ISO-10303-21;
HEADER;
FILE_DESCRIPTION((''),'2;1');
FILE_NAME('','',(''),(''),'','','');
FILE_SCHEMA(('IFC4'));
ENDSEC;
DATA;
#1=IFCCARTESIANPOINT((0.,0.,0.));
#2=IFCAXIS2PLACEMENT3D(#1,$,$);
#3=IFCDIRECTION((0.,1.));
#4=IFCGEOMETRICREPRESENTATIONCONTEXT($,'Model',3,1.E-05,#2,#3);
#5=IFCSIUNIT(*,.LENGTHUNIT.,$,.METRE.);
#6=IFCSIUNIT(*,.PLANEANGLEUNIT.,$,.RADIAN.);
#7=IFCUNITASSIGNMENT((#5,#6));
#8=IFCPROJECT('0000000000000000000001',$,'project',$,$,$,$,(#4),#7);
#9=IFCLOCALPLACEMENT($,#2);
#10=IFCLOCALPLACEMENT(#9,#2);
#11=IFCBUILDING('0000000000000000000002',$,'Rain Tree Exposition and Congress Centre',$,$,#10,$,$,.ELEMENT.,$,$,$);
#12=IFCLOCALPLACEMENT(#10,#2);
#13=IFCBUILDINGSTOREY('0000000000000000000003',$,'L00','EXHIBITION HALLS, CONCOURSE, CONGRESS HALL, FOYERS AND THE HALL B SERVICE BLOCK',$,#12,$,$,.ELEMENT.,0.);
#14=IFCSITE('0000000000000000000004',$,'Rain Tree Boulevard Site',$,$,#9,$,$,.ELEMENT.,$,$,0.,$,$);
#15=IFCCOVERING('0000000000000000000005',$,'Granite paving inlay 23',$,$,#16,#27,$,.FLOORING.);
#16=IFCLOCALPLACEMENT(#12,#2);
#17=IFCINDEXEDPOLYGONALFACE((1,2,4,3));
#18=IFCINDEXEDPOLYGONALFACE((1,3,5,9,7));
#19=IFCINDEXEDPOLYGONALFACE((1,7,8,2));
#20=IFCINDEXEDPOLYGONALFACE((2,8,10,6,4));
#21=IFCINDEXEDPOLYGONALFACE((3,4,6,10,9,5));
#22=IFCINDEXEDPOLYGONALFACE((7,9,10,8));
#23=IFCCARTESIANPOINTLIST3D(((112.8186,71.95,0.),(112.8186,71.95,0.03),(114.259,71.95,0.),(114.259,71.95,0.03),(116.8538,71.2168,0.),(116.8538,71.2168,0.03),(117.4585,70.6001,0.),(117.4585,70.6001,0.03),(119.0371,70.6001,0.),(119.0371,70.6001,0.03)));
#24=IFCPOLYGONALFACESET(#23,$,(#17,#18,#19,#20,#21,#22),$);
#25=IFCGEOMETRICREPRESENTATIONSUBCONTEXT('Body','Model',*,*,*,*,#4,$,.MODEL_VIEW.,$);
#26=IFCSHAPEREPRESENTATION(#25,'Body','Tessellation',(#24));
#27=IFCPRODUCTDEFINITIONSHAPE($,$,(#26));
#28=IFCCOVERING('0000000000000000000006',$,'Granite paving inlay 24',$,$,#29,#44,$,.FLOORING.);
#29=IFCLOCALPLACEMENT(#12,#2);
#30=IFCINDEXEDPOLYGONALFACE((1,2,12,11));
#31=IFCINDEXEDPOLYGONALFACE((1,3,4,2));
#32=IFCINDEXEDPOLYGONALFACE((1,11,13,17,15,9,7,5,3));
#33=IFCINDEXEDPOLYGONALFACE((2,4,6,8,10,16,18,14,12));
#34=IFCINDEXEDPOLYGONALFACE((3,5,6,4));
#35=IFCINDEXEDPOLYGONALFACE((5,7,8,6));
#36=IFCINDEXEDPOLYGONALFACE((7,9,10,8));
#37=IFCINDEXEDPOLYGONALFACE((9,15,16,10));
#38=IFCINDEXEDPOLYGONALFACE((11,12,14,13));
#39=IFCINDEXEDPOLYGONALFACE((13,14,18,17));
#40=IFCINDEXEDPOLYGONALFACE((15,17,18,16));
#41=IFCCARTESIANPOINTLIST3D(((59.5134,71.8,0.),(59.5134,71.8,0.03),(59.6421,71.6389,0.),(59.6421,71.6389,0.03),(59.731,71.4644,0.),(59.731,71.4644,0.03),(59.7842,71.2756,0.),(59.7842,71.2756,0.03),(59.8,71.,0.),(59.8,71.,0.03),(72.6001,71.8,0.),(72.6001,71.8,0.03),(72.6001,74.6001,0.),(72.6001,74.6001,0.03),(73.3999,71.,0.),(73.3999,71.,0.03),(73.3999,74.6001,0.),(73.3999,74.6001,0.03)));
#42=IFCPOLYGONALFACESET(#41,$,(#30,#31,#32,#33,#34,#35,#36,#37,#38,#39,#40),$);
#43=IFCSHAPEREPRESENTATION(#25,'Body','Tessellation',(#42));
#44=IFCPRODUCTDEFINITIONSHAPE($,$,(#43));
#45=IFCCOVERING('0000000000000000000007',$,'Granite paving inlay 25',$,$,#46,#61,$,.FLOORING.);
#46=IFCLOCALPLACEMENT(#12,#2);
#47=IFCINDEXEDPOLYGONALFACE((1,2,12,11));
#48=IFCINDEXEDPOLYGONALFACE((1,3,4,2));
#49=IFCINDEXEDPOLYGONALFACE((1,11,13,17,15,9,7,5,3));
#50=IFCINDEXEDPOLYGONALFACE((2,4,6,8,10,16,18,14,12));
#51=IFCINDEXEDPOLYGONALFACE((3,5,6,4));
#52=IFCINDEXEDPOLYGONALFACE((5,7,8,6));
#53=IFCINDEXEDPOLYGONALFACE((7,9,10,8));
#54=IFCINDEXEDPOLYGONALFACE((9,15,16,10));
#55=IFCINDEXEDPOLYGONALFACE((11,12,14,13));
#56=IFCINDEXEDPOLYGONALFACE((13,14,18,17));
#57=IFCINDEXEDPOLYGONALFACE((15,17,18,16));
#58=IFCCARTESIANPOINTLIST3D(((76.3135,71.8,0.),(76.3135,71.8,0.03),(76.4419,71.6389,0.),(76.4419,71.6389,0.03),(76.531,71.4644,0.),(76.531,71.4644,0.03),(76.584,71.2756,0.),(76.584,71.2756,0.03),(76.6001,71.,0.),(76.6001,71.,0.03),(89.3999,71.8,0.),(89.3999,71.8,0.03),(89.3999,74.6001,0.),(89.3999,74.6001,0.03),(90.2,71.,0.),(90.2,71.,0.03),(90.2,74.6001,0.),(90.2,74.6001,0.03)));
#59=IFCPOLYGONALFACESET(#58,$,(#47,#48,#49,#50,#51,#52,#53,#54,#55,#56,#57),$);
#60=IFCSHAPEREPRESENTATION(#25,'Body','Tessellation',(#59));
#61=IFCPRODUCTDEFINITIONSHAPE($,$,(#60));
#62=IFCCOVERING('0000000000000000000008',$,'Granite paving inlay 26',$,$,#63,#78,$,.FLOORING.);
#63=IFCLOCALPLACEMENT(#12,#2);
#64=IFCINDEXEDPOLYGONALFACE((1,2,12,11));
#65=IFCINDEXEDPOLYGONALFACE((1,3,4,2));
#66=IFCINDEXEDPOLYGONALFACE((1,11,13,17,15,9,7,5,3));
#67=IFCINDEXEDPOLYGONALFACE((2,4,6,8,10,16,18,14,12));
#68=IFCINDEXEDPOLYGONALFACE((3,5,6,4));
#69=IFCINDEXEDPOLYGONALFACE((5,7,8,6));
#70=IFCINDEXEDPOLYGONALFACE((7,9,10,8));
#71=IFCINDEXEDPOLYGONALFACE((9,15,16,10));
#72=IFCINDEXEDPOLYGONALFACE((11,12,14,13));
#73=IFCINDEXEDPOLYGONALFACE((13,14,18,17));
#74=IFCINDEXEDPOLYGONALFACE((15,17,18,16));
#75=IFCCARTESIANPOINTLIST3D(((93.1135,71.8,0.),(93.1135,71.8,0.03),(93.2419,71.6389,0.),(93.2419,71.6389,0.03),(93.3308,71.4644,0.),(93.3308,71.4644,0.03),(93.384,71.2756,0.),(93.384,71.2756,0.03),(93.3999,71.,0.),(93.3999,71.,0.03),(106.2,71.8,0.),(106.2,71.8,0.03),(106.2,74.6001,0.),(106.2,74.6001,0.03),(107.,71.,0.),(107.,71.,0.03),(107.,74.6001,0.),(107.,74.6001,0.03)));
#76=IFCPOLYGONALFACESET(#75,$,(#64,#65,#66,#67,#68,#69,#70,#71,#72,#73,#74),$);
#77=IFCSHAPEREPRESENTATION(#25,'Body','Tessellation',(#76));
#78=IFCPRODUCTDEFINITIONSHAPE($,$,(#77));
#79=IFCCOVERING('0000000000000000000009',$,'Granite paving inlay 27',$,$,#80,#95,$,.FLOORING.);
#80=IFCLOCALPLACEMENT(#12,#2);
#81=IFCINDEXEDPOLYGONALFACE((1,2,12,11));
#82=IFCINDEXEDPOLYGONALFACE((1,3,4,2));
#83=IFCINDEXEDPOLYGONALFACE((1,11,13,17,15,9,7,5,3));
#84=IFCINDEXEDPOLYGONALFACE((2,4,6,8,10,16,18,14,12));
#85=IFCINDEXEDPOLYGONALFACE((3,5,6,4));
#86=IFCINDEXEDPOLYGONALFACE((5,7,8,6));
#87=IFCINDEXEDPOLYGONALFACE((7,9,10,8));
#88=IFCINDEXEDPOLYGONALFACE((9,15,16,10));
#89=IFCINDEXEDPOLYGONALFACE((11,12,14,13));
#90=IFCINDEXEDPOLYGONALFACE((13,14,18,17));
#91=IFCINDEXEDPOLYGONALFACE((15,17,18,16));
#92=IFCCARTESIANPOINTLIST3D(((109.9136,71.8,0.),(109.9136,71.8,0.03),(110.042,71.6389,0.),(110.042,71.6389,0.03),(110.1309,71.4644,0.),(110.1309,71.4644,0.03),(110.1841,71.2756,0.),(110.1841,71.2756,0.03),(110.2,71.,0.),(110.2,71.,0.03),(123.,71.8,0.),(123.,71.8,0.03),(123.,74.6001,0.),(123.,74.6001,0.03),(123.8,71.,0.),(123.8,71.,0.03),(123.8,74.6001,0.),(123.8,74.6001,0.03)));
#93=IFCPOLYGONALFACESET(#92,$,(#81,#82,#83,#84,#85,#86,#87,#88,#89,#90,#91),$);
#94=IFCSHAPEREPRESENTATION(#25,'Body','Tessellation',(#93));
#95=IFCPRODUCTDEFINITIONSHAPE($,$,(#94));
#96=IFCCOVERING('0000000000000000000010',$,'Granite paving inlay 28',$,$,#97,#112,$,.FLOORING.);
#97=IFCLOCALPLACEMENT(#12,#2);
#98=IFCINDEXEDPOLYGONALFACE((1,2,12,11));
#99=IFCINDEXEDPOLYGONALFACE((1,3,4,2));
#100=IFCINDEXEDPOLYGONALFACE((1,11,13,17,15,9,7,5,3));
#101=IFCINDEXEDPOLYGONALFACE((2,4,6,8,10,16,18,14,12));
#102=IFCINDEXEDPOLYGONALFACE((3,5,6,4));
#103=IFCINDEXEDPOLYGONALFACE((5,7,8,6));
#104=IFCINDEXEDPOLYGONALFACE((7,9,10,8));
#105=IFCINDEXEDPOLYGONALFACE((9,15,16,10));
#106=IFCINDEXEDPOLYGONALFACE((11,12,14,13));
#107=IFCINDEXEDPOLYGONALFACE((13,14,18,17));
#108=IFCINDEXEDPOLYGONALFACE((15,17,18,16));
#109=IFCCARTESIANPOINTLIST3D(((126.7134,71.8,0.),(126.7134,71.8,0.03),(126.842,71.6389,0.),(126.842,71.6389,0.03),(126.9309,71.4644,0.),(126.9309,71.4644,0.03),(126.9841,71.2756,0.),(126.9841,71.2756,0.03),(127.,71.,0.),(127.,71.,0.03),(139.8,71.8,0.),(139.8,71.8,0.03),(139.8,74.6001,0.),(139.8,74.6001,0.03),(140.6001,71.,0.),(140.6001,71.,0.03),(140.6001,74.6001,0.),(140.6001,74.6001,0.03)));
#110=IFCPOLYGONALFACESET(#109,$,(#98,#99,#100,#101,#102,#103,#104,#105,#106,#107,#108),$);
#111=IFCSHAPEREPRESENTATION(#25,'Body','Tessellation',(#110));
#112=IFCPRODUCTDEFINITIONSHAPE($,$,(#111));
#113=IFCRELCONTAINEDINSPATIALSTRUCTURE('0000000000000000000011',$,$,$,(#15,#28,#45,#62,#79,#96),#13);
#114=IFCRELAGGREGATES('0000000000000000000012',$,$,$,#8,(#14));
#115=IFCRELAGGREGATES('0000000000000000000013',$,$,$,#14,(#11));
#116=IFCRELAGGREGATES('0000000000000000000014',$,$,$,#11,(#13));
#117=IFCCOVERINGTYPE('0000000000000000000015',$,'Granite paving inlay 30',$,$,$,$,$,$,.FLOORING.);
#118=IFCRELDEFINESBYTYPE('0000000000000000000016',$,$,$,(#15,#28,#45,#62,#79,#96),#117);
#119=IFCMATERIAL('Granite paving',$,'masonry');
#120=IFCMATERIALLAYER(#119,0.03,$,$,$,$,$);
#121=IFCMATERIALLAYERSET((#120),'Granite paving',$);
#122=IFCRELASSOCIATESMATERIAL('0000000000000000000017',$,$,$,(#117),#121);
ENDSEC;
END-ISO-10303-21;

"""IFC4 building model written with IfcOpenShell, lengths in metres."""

from ifc_helpers import new_model, si_unit, direction, origin, place, context, subcontext, project, spatial, polyline, outline, extrude, material, layer, layer_set, type_object, element, save


model = new_model("IFC4")

# Units and contexts
model_context = context("Model", 3, precision=1e-05, world=origin(), true_north=direction((0.0, 1.0)))
body_context = subcontext(model_context, "Body", "Model", "MODEL_VIEW")
ifc_project = project(units=[si_unit("LENGTHUNIT", "METRE"), si_unit("PLANEANGLEUNIT", "RADIAN")], contexts=[model_context])

# Site, building, storey
site_placement = place(None, origin())
site = spatial("IfcSite", under=ifc_project, at=site_placement, Name="Rain Tree Boulevard Site", CompositionType="ELEMENT", RefElevation=0.0)
building_placement = place(site_placement, origin())
building = spatial("IfcBuilding", under=site, at=building_placement, Name="Rain Tree Exposition and Congress Centre", CompositionType="ELEMENT")
storey_placement = place(building_placement, origin())
storey = spatial("IfcBuildingStorey", under=building, at=storey_placement, Name="L00", Description="EXHIBITION HALLS, CONCOURSE, CONGRESS HALL, FOYERS AND THE HALL B SERVICE BLOCK", CompositionType="ELEMENT", Elevation=0.0)

# Coverings
ifc_material_1 = material(Name="Granite paving", Category="masonry")
ifc_layer_1 = layer(ifc_material_1, 0.03)
ifc_layer_set_1 = layer_set([ifc_layer_1], Name="Granite paving")
covering_type = type_object("IfcCoveringType", Name="Granite paving inlay 30", PredefinedType="FLOORING", material=ifc_layer_set_1)
covering_1_placement = place(storey_placement, origin())
element("IfcCovering", 1, at=covering_1_placement, inside=storey, type_object=covering_type, Name="Granite paving inlay 23", PredefinedType="FLOORING", context=body_context, shape_type="SweptSolid", body=[
    extrude(outline(polyline([(114.259, 71.95), (112.8186, 71.95), (117.4585, 70.6001), (119.0371, 70.6001), (116.8538, 71.2168), (114.259, 71.95)])), origin(), (0.0, 0.0, 1.0), 0.03),
])
covering_2_placement = place(storey_placement, origin())
element("IfcCovering", 2, at=covering_2_placement, inside=storey, type_object=covering_type, Name="Granite paving inlay 24", PredefinedType="FLOORING", context=body_context, shape_type="SweptSolid", body=[
    extrude(outline(polyline([(72.6001, 71.8), (59.5134, 71.8), (59.6421, 71.6389), (59.731, 71.4644), (59.7842, 71.2756), (59.8, 71.0), (73.3999, 71.0), (73.3999, 74.6001), (72.6001, 74.6001), (72.6001, 71.8)])), origin(), (0.0, 0.0, 1.0), 0.03),
])
covering_3_placement = place(storey_placement, origin())
element("IfcCovering", 3, at=covering_3_placement, inside=storey, type_object=covering_type, Name="Granite paving inlay 25", PredefinedType="FLOORING", context=body_context, shape_type="SweptSolid", body=[
    extrude(outline(polyline([(89.3999, 71.8), (76.3135, 71.8), (76.4419, 71.6389), (76.531, 71.4644), (76.584, 71.2756), (76.6001, 71.0), (90.2, 71.0), (90.2, 74.6001), (89.3999, 74.6001), (89.3999, 71.8)])), origin(), (0.0, 0.0, 1.0), 0.03),
])
covering_4_placement = place(storey_placement, origin())
element("IfcCovering", 4, at=covering_4_placement, inside=storey, type_object=covering_type, Name="Granite paving inlay 26", PredefinedType="FLOORING", context=body_context, shape_type="SweptSolid", body=[
    extrude(outline(polyline([(106.2, 71.8), (93.1135, 71.8), (93.2419, 71.6389), (93.3308, 71.4644), (93.384, 71.2756), (93.3999, 71.0), (107.0, 71.0), (107.0, 74.6001), (106.2, 74.6001), (106.2, 71.8)])), origin(), (0.0, 0.0, 1.0), 0.03),
])
covering_5_placement = place(storey_placement, origin())
element("IfcCovering", 5, at=covering_5_placement, inside=storey, type_object=covering_type, Name="Granite paving inlay 27", PredefinedType="FLOORING", context=body_context, shape_type="SweptSolid", body=[
    extrude(outline(polyline([(123.0, 71.8), (109.9136, 71.8), (110.042, 71.6389), (110.1309, 71.4644), (110.1841, 71.2756), (110.2, 71.0), (123.8, 71.0), (123.8, 74.6001), (123.0, 74.6001), (123.0, 71.8)])), origin(), (0.0, 0.0, 1.0), 0.03),
])
covering_6_placement = place(storey_placement, origin())
element("IfcCovering", 6, at=covering_6_placement, inside=storey, type_object=covering_type, Name="Granite paving inlay 28", PredefinedType="FLOORING", context=body_context, shape_type="SweptSolid", body=[
    extrude(outline(polyline([(139.8, 71.8), (126.7134, 71.8), (126.842, 71.6389), (126.9309, 71.4644), (126.9841, 71.2756), (127.0, 71.0), (140.6001, 71.0), (140.6001, 74.6001), (139.8, 74.6001), (139.8, 71.8)])), origin(), (0.0, 0.0, 1.0), 0.03),
])

save(model, "model.ifc")
